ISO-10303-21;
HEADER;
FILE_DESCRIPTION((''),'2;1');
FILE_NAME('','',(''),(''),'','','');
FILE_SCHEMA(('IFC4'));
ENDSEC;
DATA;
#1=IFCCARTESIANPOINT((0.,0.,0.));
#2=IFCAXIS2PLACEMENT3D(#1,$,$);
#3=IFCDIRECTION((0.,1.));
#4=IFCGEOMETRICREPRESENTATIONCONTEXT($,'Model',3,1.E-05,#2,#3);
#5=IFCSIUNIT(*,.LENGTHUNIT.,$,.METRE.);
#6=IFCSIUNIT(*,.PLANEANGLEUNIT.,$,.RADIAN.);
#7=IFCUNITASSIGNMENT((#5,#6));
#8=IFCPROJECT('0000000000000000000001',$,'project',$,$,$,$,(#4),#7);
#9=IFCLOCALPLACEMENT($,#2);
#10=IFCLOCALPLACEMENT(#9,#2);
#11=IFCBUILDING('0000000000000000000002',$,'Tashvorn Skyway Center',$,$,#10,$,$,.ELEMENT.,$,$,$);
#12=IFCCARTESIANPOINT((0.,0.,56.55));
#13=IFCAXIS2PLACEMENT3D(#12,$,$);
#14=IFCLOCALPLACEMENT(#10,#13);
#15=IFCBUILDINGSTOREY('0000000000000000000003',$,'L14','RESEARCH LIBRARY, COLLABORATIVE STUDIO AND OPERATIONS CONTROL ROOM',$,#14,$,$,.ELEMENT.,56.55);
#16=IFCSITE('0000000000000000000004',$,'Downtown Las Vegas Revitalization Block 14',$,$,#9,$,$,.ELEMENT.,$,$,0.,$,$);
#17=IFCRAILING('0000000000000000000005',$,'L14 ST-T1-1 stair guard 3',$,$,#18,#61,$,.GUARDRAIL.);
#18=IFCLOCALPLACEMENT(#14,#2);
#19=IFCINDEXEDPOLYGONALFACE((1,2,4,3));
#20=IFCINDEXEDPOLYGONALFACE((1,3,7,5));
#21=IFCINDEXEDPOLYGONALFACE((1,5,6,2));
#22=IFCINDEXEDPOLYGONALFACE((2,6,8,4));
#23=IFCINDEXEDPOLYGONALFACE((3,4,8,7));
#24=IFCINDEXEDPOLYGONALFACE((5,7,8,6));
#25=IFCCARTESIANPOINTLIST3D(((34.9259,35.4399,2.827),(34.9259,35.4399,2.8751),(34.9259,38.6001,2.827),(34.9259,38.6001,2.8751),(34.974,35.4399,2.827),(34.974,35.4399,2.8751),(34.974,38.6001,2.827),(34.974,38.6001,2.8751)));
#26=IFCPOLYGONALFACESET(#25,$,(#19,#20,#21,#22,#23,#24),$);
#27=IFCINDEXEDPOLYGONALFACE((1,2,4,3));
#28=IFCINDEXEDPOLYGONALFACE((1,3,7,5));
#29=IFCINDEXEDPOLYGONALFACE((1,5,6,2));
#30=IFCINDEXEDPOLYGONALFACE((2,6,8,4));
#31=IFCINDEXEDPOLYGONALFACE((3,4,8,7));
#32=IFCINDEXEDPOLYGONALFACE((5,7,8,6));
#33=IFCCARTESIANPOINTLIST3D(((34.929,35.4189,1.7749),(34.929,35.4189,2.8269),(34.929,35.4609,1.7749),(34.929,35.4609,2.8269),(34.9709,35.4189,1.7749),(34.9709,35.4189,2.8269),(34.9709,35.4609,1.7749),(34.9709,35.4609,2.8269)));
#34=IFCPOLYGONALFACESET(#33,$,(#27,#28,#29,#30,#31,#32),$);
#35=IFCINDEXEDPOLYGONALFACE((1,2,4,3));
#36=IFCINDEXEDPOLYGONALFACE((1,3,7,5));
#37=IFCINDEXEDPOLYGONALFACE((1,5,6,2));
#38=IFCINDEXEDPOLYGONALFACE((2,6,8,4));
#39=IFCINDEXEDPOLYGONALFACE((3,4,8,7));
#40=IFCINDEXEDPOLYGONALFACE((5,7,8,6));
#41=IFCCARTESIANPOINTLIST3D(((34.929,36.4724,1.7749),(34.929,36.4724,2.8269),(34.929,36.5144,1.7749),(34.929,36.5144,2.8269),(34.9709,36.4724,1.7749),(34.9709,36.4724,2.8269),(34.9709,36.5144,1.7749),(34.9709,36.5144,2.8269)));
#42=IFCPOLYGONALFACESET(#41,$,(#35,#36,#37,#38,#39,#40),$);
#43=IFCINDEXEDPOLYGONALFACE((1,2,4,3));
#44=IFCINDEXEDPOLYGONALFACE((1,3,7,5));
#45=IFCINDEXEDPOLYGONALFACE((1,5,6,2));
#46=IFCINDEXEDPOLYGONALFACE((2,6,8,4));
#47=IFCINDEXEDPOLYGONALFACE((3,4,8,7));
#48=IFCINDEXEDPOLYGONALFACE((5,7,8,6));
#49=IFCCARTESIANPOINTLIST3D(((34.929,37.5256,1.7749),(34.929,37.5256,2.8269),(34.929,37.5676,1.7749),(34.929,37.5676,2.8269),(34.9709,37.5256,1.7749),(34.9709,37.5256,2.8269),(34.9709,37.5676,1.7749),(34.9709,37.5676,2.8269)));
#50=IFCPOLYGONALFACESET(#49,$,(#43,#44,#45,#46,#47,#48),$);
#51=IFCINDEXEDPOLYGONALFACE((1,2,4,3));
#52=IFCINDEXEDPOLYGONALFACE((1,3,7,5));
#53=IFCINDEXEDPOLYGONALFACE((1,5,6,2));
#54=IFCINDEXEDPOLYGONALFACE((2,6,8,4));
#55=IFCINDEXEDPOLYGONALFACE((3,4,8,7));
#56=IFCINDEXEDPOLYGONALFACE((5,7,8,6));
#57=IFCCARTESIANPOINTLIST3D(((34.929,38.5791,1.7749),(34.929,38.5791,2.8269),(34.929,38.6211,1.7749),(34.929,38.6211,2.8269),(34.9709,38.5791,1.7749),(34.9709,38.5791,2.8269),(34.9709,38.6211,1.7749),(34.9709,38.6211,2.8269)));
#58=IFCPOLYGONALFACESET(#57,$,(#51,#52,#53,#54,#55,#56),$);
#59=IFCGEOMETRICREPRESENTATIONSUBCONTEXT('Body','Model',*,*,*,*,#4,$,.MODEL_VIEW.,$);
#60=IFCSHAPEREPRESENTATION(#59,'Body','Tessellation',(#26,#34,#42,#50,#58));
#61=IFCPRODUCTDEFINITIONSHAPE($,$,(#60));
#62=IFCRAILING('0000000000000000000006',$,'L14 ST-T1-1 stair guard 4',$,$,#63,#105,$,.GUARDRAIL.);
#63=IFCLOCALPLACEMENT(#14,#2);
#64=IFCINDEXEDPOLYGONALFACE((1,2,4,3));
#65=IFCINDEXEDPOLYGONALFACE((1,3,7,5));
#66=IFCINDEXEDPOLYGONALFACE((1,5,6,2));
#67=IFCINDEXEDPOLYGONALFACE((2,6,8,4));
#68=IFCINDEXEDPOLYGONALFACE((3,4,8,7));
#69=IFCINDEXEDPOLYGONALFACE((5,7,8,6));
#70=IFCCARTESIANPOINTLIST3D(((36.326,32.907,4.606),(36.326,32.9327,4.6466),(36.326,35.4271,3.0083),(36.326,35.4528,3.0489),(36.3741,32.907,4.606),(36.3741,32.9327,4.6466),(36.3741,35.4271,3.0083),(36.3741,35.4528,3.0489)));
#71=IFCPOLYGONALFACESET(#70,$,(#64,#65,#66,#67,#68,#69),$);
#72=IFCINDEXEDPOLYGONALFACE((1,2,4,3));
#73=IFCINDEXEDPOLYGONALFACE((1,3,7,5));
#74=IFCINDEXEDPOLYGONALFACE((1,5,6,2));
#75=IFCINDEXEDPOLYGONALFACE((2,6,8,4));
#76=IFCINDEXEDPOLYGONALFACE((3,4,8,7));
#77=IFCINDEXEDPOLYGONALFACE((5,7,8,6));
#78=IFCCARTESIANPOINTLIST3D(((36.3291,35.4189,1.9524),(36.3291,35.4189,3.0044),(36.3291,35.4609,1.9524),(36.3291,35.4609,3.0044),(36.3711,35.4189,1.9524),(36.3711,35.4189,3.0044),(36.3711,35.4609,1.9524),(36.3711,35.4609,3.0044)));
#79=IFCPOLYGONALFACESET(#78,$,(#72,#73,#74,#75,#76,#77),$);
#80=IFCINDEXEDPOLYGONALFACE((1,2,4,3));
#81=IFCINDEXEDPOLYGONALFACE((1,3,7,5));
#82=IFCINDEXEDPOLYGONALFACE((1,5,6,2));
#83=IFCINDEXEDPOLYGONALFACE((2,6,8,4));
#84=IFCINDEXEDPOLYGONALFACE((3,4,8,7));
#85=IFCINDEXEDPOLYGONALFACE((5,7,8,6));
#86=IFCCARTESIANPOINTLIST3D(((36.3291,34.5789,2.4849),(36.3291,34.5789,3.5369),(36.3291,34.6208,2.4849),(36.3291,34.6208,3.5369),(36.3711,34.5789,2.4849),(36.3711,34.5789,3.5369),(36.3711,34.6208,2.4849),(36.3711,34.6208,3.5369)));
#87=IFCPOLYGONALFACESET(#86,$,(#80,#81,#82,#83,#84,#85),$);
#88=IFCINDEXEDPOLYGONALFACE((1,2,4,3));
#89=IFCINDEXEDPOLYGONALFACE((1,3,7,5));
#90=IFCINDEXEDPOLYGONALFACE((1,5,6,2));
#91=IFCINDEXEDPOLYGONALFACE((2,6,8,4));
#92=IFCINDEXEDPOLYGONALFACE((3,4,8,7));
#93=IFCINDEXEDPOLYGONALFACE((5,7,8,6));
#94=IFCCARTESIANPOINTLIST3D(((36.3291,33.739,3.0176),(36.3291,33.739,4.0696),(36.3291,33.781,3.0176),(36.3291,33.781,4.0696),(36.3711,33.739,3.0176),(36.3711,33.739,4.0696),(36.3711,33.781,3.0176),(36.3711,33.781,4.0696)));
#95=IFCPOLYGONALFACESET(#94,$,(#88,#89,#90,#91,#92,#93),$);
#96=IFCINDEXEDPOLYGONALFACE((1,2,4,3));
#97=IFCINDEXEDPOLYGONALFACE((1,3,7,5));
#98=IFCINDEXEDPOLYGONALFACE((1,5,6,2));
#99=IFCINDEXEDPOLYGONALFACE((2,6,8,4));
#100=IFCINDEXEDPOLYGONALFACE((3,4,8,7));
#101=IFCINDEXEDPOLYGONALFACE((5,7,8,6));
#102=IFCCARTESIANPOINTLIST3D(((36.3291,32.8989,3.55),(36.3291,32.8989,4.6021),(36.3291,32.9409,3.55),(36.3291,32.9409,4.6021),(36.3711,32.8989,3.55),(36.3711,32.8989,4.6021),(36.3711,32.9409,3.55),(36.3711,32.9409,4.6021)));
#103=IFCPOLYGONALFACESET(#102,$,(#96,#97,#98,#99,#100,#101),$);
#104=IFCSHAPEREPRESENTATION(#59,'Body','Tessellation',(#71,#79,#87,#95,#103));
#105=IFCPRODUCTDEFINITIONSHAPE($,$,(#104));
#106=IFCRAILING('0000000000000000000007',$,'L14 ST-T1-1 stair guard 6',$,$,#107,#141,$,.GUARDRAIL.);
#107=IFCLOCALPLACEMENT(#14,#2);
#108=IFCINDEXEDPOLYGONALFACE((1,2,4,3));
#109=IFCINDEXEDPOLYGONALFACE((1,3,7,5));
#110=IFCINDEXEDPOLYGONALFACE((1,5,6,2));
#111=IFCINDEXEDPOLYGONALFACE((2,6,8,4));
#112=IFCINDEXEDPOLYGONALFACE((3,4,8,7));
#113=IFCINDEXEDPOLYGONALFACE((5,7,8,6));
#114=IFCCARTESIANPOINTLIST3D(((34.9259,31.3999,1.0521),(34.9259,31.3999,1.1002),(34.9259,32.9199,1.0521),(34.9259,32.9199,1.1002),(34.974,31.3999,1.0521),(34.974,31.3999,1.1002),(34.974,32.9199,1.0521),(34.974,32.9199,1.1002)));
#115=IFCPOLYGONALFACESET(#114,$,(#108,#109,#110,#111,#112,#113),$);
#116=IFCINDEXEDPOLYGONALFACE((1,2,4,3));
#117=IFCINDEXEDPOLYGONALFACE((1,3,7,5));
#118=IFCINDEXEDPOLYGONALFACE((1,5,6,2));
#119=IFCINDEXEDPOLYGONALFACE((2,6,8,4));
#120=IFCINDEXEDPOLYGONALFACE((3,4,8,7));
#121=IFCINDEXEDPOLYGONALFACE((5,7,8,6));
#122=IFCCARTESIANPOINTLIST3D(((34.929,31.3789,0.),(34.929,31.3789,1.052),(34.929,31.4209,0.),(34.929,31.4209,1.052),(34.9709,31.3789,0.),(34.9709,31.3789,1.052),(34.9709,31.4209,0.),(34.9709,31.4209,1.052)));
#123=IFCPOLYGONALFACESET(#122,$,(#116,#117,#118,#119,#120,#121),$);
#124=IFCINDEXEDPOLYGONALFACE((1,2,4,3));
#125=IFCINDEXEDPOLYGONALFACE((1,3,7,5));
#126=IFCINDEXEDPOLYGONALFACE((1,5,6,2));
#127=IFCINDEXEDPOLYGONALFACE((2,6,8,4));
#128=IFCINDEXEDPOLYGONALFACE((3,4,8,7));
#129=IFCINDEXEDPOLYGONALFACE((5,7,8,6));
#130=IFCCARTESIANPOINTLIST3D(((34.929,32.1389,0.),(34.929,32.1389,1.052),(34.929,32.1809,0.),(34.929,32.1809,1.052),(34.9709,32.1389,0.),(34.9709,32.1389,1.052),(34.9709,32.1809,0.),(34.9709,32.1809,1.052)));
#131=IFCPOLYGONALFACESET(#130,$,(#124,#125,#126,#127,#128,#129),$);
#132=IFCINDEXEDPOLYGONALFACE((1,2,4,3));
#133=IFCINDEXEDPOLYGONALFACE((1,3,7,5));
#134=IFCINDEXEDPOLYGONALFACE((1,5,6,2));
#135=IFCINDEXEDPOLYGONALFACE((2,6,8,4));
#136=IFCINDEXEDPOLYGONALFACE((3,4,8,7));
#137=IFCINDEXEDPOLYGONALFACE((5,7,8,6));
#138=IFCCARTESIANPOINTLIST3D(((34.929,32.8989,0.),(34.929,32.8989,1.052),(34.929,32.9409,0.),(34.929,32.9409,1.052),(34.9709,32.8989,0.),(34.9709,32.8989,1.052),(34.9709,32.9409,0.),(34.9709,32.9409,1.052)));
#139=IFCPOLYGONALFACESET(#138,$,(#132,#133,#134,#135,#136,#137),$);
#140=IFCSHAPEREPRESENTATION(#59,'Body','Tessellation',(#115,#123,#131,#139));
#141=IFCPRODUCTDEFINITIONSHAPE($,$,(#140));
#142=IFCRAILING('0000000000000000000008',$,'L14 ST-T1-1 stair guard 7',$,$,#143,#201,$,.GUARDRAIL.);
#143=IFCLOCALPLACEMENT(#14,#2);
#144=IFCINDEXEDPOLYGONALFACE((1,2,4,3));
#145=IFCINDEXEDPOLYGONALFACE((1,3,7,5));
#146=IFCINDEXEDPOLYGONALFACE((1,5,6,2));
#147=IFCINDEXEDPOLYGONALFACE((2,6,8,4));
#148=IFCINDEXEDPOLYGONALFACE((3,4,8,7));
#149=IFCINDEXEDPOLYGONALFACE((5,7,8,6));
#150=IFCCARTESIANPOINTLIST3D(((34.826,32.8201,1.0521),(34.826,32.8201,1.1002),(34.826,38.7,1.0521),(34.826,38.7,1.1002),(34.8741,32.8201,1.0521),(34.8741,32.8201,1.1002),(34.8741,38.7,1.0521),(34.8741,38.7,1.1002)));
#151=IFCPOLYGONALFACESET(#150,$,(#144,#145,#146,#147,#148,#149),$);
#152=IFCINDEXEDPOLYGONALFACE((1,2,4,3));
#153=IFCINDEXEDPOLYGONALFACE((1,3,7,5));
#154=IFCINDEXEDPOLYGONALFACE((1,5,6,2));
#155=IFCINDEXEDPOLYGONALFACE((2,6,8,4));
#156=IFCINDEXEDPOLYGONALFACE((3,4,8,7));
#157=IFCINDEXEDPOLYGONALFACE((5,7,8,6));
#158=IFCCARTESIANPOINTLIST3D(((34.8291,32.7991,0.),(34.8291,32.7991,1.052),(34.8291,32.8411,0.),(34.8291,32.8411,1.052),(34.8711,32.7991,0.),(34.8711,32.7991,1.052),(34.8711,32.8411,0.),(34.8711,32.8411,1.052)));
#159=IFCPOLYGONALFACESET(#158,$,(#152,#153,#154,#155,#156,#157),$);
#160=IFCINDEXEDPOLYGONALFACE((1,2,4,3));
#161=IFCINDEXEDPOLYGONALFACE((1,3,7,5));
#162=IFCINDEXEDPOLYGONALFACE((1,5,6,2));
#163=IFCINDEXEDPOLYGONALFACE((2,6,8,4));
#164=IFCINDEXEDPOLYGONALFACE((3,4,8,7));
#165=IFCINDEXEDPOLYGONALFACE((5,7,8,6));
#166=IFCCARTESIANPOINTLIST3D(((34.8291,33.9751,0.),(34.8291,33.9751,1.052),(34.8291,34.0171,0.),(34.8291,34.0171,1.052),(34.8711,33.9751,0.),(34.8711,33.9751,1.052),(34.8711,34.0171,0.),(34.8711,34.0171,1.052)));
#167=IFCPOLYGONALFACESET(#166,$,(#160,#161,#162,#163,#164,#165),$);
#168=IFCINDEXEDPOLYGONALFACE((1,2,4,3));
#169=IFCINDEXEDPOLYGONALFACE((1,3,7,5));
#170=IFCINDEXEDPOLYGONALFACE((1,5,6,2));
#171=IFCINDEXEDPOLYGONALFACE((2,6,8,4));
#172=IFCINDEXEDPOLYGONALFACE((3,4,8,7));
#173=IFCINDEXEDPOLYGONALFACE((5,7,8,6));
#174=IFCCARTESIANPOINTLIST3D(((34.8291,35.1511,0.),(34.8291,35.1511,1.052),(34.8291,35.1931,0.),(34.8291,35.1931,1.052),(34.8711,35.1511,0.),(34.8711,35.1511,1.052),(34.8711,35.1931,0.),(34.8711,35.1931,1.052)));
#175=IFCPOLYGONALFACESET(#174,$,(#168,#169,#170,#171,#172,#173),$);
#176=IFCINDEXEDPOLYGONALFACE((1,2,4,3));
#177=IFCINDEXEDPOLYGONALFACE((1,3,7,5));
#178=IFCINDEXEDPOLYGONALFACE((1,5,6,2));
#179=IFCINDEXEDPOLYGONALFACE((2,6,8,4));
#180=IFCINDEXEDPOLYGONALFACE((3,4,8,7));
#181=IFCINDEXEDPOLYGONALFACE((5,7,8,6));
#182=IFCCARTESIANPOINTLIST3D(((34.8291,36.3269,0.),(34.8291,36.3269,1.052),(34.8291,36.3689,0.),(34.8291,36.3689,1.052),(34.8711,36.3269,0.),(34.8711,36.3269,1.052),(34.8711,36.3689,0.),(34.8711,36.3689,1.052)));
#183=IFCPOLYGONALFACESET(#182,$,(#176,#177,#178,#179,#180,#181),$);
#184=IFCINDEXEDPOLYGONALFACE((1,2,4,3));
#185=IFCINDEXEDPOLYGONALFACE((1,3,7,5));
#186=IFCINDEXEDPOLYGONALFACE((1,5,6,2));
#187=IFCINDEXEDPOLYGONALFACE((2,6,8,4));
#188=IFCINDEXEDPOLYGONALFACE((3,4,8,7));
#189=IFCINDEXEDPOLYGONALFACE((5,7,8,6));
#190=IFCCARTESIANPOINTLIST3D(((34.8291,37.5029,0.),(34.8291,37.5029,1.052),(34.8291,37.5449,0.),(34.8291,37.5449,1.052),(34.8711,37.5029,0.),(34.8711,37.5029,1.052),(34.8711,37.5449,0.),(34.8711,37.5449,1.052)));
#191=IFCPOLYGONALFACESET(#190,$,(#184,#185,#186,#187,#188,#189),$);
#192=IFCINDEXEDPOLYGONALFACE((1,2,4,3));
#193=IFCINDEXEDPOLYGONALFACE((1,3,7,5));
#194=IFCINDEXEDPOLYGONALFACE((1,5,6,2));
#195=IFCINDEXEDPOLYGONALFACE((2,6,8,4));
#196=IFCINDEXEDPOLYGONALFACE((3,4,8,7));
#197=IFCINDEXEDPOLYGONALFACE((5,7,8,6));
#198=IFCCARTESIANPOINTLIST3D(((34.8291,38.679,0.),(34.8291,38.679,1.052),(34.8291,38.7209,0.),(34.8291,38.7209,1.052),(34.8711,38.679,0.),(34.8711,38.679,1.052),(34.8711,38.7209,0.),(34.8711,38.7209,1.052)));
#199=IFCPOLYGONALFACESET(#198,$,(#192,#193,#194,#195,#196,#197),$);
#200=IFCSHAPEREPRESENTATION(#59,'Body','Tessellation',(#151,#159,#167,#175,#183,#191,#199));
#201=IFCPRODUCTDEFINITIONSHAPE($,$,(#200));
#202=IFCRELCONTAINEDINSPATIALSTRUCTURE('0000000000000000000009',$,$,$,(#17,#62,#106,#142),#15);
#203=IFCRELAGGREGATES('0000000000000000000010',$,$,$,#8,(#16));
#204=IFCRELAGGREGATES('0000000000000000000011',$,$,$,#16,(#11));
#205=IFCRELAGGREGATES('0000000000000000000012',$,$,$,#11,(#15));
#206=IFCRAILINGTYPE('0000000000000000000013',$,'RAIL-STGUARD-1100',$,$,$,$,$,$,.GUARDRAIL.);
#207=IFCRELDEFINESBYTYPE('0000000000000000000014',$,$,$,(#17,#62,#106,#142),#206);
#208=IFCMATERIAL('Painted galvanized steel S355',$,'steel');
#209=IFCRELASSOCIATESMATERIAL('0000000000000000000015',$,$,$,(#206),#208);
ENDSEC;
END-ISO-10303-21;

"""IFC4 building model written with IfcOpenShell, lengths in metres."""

from ifc_helpers import new_model, si_unit, direction, frame, origin, origin_2d, place, context, subcontext, project, spatial, rectangle, extrude, material, type_object, element, save


model = new_model("IFC4")

# Units and contexts
model_context = context("Model", 3, precision=1e-05, world=origin(), true_north=direction((0.0, 1.0)))
body_context = subcontext(model_context, "Body", "Model", "MODEL_VIEW")
ifc_project = project(units=[si_unit("LENGTHUNIT", "METRE"), si_unit("PLANEANGLEUNIT", "RADIAN")], contexts=[model_context])

# Site, building, storey
site_placement = place(None, origin())
site = spatial("IfcSite", under=ifc_project, at=site_placement, Name="Downtown Las Vegas Revitalization Block 14", CompositionType="ELEMENT", RefElevation=0.0)
building_placement = place(site_placement, origin())
building = spatial("IfcBuilding", under=site, at=building_placement, Name="Tashvorn Skyway Center", CompositionType="ELEMENT")
storey_placement = place(building_placement, frame((0.0, 0.0, 56.55)))
storey = spatial("IfcBuildingStorey", under=building, at=storey_placement, Name="L14", Description="RESEARCH LIBRARY, COLLABORATIVE STUDIO AND OPERATIONS CONTROL ROOM", CompositionType="ELEMENT", Elevation=56.55)

# Railings
ifc_material_1 = material(Name="Painted galvanized steel S355", Category="steel")
railing_type_1 = type_object("IfcRailingType", Name="RAIL-STGUARD-1100", PredefinedType="GUARDRAIL", material=ifc_material_1)
railing_1_placement = place(storey_placement, frame((34.95, 35.4399, 1.7749)))
element("IfcRailing", 1, at=railing_1_placement, inside=storey, type_object=railing_type_1, Name="L14 ST-T1-1 stair guard 3", PredefinedType="GUARDRAIL", context=body_context, shape_type="SweptSolid", body=[
    extrude(rectangle(XDim=0.0481, YDim=0.0481, at=origin_2d()), frame((0.0, 0.0, 1.0762), z_axis=(0.0, 1.0, 0.0), x_axis=(-1.0, 0.0, 0.0)), (0.0, 0.0, 1.0), 3.1602),
    extrude(rectangle(XDim=0.042, YDim=0.042, at=origin_2d()), origin(), (0.0, 0.0, 1.0), 1.052),
    extrude(rectangle(XDim=0.042, YDim=0.042, at=origin_2d()), frame((0.0, 1.0535, 0.0)), (0.0, 0.0, 1.0), 1.052),
    extrude(rectangle(XDim=0.042, YDim=0.042, at=origin_2d()), frame((0.0, 2.1067, 0.0)), (0.0, 0.0, 1.0), 1.052),
    extrude(rectangle(XDim=0.042, YDim=0.042, at=origin_2d()), frame((0.0, 3.1602, 0.0)), (0.0, 0.0, 1.0), 1.052),
])
railing_2_placement = place(storey_placement, frame((36.3501, 35.4399, 1.9524)))
element("IfcRailing", 2, at=railing_2_placement, inside=storey, type_object=railing_type_1, Name="L14 ST-T1-1 stair guard 4", PredefinedType="GUARDRAIL", context=body_context, shape_type="SweptSolid", body=[
    extrude(rectangle(XDim=0.0481, YDim=0.0481, at=origin_2d()), frame((0.0, 0.0, 1.0762), z_axis=(0.0, -0.84457, 0.535445), x_axis=(1.0, 0.0, 0.0)), (0.0, 0.0, 1.0), 2.9839),
    extrude(rectangle(XDim=0.042, YDim=0.042, at=origin_2d()), origin(), (0.0, 0.0, 1.0), 1.052),
    extrude(rectangle(XDim=0.042, YDim=0.042, at=origin_2d()), frame((0.0, -0.8401, 0.5325)), (0.0, 0.0, 1.0), 1.052),
    extrude(rectangle(XDim=0.042, YDim=0.042, at=origin_2d()), frame((0.0, -1.6799, 1.0652)), (0.0, 0.0, 1.0), 1.052),
    extrude(rectangle(XDim=0.042, YDim=0.042, at=origin_2d()), frame((0.0, -2.52, 1.5977)), (0.0, 0.0, 1.0), 1.052),
])
railing_3_placement = place(storey_placement, frame((34.95, 31.3999, 0.0)))
element("IfcRailing", 3, at=railing_3_placement, inside=storey, type_object=railing_type_1, Name="L14 ST-T1-1 stair guard 6", PredefinedType="GUARDRAIL", context=body_context, shape_type="SweptSolid", body=[
    extrude(rectangle(XDim=0.0481, YDim=0.0481, at=origin_2d()), frame((0.0, 0.0, 1.0762), z_axis=(0.0, 1.0, 0.0), x_axis=(-1.0, 0.0, 0.0)), (0.0, 0.0, 1.0), 1.52),
    extrude(rectangle(XDim=0.042, YDim=0.042, at=origin_2d()), origin(), (0.0, 0.0, 1.0), 1.052),
    extrude(rectangle(XDim=0.042, YDim=0.042, at=origin_2d()), frame((0.0, 0.76, 0.0)), (0.0, 0.0, 1.0), 1.052),
    extrude(rectangle(XDim=0.042, YDim=0.042, at=origin_2d()), frame((0.0, 1.52, 0.0)), (0.0, 0.0, 1.0), 1.052),
])
railing_4_placement = place(storey_placement, frame((34.8501, 32.8201, 0.0)))
element("IfcRailing", 4, at=railing_4_placement, inside=storey, type_object=railing_type_1, Name="L14 ST-T1-1 stair guard 7", PredefinedType="GUARDRAIL", context=body_context, shape_type="SweptSolid", body=[
    extrude(rectangle(XDim=0.0481, YDim=0.0481, at=origin_2d()), frame((0.0, 0.0, 1.0762), z_axis=(0.0, 1.0, 0.0), x_axis=(-1.0, 0.0, 0.0)), (0.0, 0.0, 1.0), 5.8799),
    extrude(rectangle(XDim=0.042, YDim=0.042, at=origin_2d()), origin(), (0.0, 0.0, 1.0), 1.052),
    extrude(rectangle(XDim=0.042, YDim=0.042, at=origin_2d()), frame((0.0, 1.176, 0.0)), (0.0, 0.0, 1.0), 1.052),
    extrude(rectangle(XDim=0.042, YDim=0.042, at=origin_2d()), frame((0.0, 2.3521, 0.0)), (0.0, 0.0, 1.0), 1.052),
    extrude(rectangle(XDim=0.042, YDim=0.042, at=origin_2d()), frame((0.0, 3.5278, 0.0)), (0.0, 0.0, 1.0), 1.052),
    extrude(rectangle(XDim=0.042, YDim=0.042, at=origin_2d()), frame((0.0, 4.7039, 0.0)), (0.0, 0.0, 1.0), 1.052),
    extrude(rectangle(XDim=0.042, YDim=0.042, at=origin_2d()), frame((0.0, 5.8799, 0.0)), (0.0, 0.0, 1.0), 1.052),
])

save(model, "model.ifc")
